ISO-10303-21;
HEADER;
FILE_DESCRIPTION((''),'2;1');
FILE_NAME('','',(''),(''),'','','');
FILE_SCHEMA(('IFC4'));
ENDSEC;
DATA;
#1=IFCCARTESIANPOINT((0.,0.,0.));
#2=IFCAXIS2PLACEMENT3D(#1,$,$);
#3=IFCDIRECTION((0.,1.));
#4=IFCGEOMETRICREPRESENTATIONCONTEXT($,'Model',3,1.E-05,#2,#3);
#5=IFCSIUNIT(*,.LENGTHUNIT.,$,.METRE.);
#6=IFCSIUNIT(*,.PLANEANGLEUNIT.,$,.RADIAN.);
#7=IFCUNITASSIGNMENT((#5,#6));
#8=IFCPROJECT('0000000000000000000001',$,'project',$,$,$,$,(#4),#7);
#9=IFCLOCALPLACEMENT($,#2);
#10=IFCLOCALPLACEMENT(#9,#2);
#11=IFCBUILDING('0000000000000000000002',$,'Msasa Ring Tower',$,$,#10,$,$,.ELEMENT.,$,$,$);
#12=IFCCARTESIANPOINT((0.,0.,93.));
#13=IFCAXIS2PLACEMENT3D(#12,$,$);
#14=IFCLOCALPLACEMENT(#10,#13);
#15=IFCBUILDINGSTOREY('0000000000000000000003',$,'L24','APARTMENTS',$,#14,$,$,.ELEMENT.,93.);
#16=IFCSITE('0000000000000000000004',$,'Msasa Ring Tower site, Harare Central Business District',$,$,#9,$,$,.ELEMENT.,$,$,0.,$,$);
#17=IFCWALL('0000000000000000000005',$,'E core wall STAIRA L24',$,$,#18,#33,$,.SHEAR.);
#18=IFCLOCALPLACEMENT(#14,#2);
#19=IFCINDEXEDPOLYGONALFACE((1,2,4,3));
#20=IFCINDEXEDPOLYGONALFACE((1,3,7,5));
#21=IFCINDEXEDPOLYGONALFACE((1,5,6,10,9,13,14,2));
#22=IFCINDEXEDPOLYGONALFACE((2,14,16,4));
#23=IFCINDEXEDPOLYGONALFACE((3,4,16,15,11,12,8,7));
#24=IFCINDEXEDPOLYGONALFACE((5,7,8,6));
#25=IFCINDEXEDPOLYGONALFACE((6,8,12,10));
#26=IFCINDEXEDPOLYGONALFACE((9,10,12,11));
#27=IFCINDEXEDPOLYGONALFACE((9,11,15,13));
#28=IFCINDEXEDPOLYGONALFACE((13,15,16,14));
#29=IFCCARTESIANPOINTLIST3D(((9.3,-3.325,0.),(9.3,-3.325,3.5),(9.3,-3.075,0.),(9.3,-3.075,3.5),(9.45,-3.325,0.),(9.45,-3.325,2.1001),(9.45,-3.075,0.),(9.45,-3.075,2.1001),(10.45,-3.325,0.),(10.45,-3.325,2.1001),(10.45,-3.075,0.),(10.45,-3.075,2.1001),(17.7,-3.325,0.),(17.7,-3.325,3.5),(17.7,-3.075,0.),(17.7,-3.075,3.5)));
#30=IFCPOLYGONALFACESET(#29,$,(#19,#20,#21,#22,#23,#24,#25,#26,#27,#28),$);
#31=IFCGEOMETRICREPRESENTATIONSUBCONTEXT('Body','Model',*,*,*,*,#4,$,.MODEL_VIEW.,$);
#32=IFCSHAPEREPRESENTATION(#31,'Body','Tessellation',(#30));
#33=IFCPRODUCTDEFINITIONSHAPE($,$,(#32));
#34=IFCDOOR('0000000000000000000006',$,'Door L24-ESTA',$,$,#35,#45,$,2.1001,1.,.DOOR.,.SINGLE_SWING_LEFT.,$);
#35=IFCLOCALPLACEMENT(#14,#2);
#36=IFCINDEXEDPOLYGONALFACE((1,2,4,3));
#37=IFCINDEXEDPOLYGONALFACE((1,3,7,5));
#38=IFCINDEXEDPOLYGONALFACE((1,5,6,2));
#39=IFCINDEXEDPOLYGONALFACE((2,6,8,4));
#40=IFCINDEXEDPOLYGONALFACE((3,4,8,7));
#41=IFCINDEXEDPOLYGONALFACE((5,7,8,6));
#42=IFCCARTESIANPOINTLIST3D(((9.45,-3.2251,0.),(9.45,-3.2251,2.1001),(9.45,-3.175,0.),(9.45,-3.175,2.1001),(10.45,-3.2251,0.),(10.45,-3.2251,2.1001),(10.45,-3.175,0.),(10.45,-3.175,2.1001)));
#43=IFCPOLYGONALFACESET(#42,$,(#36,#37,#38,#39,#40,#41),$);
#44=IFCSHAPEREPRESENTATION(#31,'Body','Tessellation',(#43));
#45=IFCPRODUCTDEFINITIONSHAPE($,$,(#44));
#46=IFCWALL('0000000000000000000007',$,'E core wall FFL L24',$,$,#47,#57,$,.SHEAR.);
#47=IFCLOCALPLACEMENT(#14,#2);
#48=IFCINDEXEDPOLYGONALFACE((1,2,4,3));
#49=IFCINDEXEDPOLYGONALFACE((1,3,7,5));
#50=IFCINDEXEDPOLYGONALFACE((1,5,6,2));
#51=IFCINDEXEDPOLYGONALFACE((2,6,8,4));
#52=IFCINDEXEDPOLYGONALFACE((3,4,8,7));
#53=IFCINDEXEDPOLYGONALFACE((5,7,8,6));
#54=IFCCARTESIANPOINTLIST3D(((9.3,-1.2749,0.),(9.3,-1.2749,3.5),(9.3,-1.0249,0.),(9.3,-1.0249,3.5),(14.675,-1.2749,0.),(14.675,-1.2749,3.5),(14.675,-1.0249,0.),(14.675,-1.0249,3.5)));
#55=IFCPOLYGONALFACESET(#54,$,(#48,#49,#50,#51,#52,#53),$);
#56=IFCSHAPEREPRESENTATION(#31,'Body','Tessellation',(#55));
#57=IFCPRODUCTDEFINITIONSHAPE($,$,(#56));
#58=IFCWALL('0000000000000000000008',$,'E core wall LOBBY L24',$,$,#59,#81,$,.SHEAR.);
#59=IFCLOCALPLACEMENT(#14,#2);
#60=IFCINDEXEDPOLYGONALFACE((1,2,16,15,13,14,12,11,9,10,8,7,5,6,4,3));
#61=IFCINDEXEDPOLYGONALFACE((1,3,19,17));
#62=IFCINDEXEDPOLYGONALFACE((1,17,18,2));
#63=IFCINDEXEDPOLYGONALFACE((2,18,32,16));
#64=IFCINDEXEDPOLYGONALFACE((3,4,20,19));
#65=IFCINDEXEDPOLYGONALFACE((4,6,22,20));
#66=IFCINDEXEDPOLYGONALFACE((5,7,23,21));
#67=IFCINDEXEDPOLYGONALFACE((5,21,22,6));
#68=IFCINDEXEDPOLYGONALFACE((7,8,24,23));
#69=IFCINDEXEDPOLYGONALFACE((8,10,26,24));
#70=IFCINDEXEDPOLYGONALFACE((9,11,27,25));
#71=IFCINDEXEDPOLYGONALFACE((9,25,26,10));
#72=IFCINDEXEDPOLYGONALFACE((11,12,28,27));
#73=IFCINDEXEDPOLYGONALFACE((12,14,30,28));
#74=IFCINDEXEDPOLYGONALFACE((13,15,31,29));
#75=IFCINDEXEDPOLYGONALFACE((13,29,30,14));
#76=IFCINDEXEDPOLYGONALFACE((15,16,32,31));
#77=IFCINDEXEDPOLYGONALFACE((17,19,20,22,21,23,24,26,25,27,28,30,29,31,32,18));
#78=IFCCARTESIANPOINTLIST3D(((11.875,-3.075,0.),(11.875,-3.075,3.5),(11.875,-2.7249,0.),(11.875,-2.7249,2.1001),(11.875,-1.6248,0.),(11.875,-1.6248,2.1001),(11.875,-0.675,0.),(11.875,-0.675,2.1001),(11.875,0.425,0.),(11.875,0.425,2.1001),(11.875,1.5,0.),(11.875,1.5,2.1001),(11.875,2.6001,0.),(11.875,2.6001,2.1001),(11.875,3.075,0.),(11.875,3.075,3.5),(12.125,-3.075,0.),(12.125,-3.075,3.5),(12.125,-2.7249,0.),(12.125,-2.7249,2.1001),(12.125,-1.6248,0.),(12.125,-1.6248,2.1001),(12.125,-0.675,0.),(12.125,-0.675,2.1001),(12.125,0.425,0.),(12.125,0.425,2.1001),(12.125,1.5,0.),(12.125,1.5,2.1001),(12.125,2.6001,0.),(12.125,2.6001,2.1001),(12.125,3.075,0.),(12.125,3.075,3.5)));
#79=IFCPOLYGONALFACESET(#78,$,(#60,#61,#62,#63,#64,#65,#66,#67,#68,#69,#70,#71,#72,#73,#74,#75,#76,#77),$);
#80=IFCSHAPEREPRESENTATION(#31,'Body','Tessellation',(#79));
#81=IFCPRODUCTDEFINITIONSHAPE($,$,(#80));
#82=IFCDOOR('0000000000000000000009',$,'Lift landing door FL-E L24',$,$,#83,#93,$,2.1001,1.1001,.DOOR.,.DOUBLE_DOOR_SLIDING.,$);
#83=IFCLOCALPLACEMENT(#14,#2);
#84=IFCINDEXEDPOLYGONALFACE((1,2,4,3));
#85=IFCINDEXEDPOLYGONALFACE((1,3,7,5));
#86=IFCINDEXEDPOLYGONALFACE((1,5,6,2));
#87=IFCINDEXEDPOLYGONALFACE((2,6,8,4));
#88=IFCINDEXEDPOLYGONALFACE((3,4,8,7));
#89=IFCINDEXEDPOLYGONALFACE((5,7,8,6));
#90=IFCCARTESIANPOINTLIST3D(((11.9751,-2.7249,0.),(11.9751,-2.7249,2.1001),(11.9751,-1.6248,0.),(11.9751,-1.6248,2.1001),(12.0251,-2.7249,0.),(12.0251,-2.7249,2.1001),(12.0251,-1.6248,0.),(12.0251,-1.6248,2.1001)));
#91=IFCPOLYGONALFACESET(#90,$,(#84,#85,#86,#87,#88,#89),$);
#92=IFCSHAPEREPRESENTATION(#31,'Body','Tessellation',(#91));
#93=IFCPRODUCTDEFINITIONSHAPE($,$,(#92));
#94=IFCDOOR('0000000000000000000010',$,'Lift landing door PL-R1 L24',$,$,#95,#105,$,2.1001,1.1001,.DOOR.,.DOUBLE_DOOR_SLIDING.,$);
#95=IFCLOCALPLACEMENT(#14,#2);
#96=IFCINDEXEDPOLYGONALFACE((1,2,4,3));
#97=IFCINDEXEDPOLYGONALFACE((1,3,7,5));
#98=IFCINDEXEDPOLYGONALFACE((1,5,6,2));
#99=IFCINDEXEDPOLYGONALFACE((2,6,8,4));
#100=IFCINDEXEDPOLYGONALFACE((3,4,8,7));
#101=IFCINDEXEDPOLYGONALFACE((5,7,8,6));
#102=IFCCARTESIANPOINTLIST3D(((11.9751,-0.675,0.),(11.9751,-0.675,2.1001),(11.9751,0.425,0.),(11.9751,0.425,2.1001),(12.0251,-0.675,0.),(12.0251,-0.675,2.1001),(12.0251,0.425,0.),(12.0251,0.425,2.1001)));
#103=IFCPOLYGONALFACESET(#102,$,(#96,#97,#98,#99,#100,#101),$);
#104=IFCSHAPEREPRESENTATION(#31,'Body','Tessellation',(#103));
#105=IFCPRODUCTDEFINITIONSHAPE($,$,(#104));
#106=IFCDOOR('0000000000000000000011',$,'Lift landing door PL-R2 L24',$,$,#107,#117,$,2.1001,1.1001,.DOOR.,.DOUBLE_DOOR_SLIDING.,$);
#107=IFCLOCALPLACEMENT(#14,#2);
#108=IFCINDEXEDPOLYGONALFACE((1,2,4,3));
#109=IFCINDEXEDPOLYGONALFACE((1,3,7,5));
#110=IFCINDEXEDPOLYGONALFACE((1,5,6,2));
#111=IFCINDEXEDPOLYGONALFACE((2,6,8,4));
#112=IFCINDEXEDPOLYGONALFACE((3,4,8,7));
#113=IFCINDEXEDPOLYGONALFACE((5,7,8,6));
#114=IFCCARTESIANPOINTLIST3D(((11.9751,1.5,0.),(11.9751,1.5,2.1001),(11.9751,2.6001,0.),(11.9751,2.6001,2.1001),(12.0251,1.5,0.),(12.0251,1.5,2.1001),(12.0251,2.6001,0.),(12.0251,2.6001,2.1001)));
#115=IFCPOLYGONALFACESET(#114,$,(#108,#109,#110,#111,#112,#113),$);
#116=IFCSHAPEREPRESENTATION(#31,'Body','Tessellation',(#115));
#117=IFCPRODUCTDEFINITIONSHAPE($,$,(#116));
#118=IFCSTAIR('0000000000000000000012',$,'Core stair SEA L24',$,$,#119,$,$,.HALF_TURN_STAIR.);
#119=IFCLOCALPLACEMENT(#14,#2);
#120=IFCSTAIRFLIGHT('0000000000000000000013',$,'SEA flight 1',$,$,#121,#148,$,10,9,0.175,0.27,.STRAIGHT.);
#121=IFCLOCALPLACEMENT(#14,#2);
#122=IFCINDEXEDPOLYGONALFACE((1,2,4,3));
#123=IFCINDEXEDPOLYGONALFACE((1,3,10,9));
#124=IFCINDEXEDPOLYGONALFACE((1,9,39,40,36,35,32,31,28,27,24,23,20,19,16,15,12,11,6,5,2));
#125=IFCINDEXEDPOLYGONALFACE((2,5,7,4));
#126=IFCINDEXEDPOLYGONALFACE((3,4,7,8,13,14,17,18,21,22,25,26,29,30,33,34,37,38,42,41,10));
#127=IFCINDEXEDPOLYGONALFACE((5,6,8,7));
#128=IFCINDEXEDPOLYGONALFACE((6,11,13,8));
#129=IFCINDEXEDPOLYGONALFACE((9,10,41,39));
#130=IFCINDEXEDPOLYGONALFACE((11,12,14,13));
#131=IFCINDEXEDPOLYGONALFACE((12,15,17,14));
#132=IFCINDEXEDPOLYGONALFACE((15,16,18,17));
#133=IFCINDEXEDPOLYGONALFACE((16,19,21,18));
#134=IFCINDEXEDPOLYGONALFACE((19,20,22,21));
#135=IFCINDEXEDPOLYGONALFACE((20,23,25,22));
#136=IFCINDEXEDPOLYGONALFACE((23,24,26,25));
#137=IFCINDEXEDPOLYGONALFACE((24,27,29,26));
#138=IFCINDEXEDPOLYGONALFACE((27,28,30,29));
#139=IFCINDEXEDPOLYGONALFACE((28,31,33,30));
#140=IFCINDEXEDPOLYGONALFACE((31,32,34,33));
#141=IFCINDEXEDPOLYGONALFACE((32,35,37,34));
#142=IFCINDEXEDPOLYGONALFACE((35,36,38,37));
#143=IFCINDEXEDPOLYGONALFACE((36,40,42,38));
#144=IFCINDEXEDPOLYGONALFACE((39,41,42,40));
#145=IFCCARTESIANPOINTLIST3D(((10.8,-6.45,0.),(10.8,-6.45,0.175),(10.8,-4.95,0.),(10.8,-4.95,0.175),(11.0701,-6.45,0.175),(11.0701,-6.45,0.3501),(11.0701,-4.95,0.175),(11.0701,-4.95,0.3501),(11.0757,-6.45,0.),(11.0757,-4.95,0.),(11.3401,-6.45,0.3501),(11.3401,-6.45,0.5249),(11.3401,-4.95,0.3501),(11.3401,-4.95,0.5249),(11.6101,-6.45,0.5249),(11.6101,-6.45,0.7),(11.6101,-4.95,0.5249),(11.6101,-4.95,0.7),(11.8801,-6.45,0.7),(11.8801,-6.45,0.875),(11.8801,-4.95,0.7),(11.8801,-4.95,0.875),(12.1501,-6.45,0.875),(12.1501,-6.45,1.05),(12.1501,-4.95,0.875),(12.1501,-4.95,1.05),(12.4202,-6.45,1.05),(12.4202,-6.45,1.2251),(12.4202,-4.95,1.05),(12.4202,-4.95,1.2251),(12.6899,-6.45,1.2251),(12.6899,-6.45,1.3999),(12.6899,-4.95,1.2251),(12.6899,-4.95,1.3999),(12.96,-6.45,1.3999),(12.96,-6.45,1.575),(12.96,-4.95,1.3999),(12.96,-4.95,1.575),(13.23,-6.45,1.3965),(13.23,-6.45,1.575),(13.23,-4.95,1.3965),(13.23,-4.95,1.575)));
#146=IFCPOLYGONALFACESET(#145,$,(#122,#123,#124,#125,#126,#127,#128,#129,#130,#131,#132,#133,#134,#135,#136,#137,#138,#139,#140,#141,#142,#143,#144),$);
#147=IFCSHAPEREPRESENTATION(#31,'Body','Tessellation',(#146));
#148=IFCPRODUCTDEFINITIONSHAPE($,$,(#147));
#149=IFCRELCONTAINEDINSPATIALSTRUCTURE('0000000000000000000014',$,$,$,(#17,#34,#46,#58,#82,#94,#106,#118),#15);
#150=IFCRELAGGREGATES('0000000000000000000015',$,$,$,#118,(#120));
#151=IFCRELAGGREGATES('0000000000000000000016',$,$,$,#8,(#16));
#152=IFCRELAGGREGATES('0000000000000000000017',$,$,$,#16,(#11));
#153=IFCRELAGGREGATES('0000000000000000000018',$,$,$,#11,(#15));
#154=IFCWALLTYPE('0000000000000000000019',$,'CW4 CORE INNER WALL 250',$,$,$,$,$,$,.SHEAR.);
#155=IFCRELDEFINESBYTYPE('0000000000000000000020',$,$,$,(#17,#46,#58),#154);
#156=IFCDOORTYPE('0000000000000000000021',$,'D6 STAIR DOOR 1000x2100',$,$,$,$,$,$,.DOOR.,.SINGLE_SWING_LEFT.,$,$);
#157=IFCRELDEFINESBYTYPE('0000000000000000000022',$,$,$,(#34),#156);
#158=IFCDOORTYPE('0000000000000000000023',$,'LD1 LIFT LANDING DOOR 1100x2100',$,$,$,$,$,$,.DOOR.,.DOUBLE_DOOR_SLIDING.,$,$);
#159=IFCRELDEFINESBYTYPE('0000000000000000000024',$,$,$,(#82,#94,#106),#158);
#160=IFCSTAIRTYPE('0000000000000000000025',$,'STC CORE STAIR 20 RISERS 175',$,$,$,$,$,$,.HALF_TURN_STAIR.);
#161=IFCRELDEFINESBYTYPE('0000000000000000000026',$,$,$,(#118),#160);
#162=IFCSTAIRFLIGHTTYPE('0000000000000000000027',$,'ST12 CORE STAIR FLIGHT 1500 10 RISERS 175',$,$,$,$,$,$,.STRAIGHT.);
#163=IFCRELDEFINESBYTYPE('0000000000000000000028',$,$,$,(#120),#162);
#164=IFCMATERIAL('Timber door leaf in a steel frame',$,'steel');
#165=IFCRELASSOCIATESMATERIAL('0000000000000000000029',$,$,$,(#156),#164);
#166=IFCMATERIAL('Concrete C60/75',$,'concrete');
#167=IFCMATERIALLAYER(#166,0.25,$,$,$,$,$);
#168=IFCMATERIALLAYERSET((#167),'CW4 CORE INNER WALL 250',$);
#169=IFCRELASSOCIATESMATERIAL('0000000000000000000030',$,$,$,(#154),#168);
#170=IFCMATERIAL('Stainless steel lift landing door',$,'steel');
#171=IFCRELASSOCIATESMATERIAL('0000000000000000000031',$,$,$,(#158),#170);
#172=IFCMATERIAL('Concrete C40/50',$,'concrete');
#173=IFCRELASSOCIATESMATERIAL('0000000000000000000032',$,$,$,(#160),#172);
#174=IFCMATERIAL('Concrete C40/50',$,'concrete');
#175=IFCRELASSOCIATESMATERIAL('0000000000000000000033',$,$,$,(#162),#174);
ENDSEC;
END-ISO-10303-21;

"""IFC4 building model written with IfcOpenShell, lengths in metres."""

from ifc_helpers import new_model, si_unit, direction, frame, frame_2d, origin, place, context, subcontext, project, spatial, polyline, rectangle, outline, extrude, material, layer, layer_set, type_object, element, fill, aggregate, save


model = new_model("IFC4")

# Units and contexts
model_context = context("Model", 3, precision=1e-05, world=origin(), true_north=direction((0.0, 1.0)))
body_context = subcontext(model_context, "Body", "Model", "MODEL_VIEW")
ifc_project = project(units=[si_unit("LENGTHUNIT", "METRE"), si_unit("PLANEANGLEUNIT", "RADIAN")], contexts=[model_context])

# Site, building, storey
site_placement = place(None, origin())
site = spatial("IfcSite", under=ifc_project, at=site_placement, Name="Msasa Ring Tower site, Harare Central Business District", CompositionType="ELEMENT", RefElevation=0.0)
building_placement = place(site_placement, origin())
building = spatial("IfcBuilding", under=site, at=building_placement, Name="Msasa Ring Tower", CompositionType="ELEMENT")
storey_placement = place(building_placement, frame((0.0, 0.0, 93.0)))
storey = spatial("IfcBuildingStorey", under=building, at=storey_placement, Name="L24", Description="APARTMENTS", CompositionType="ELEMENT", Elevation=93.0)

# Shared definitions
ifc_material_1 = material(Name="Timber door leaf in a steel frame", Category="steel")
door_type_1 = type_object("IfcDoorType", Name="D6 STAIR DOOR 1000x2100", OperationType="SINGLE_SWING_LEFT", PredefinedType="DOOR", material=ifc_material_1)

# Wall, opening, door
ifc_material_2 = material(Name="Concrete C60/75", Category="concrete")
ifc_layer_1 = layer(ifc_material_2, 0.25)
ifc_layer_set_1 = layer_set([ifc_layer_1], Name="CW4 CORE INNER WALL 250")
wall_type_1 = type_object("IfcWallType", Name="CW4 CORE INNER WALL 250", PredefinedType="SHEAR", material=ifc_layer_set_1)
wall_1_placement = place(storey_placement, frame((9.3, -3.2, 0.0), z_axis=(0.0, 0.0, 1.0), x_axis=(1.0, 0.0, 0.0)))
wall_1 = element("IfcWall", 1, at=wall_1_placement, inside=storey, type_object=wall_type_1, Name="E core wall STAIRA L24", PredefinedType="SHEAR", context=body_context, shape_type="SweptSolid", body=[
    extrude(rectangle(XDim=8.3999, YDim=0.25, at=frame_2d((4.2, 0.0))), origin(), (0.0, 0.0, 1.0), 3.5),
])
opening_1_placement = place(wall_1_placement, frame((0.1499, 0.0, 0.0)))
opening_1 = element("IfcOpeningElement", 2, at=opening_1_placement, cuts=wall_1, PredefinedType="OPENING", context=body_context, shape_type="SweptSolid", body=[
    extrude(rectangle(XDim=1.0, YDim=2.1001, at=frame_2d((0.5, 1.05))), frame((0.0, 0.135, 0.0), z_axis=(0.0, -1.0, 0.0), x_axis=(1.0, 0.0, 0.0)), (0.0, 0.0, 1.0), 0.27),
])
door_1_placement = place(opening_1_placement, origin())
door_1 = element("IfcDoor", 3, at=door_1_placement, inside=storey, type_object=door_type_1, Name="Door L24-ESTA", OperationType="SINGLE_SWING_LEFT", OverallHeight=2.1001, OverallWidth=1.0, PredefinedType="DOOR", context=body_context, shape_type="SweptSolid", body=[
    extrude(rectangle(XDim=1.0, YDim=2.1001, at=frame_2d((0.5, 1.05))), frame((0.0, 0.0249, 0.0), z_axis=(0.0, -1.0, 0.0), x_axis=(1.0, 0.0, 0.0)), (0.0, 0.0, 1.0), 0.05),
])
fill(opening_1, door_1)

# Wall
wall_2_placement = place(storey_placement, frame((9.3, -1.1499, 0.0), z_axis=(0.0, 0.0, 1.0), x_axis=(1.0, 0.0, 0.0)))
element("IfcWall", 4, at=wall_2_placement, inside=storey, type_object=wall_type_1, Name="E core wall FFL L24", PredefinedType="SHEAR", context=body_context, shape_type="SweptSolid", body=[
    extrude(rectangle(XDim=5.375, YDim=0.25, at=frame_2d((2.6875, 0.0))), origin(), (0.0, 0.0, 1.0), 3.5),
])

# Wall, openings, doors
wall_3_placement = place(storey_placement, frame((12.0, -3.075, 0.0), z_axis=(0.0, 0.0, 1.0), x_axis=(0.0, 1.0, 0.0)))
wall_3 = element("IfcWall", 5, at=wall_3_placement, inside=storey, type_object=wall_type_1, Name="E core wall LOBBY L24", PredefinedType="SHEAR", context=body_context, shape_type="SweptSolid", body=[
    extrude(rectangle(XDim=6.1499, YDim=0.25, at=frame_2d((3.075, 0.0))), origin(), (0.0, 0.0, 1.0), 3.5),
])
opening_2_placement = place(wall_3_placement, frame((0.3501, 0.0, 0.0)))
opening_2 = element("IfcOpeningElement", 6, at=opening_2_placement, cuts=wall_3, PredefinedType="OPENING", context=body_context, shape_type="SweptSolid", body=[
    extrude(rectangle(XDim=1.1001, YDim=2.1001, at=frame_2d((0.55, 1.05))), frame((0.0, 0.135, 0.0), z_axis=(0.0, -1.0, 0.0), x_axis=(1.0, 0.0, 0.0)), (0.0, 0.0, 1.0), 0.27),
])
opening_3_placement = place(wall_3_placement, frame((2.3999, 0.0, 0.0)))
opening_3 = element("IfcOpeningElement", 7, at=opening_3_placement, cuts=wall_3, PredefinedType="OPENING", context=body_context, shape_type="SweptSolid", body=[
    extrude(rectangle(XDim=1.1001, YDim=2.1001, at=frame_2d((0.55, 1.05))), frame((0.0, 0.135, 0.0), z_axis=(0.0, -1.0, 0.0), x_axis=(1.0, 0.0, 0.0)), (0.0, 0.0, 1.0), 0.27),
])
opening_4_placement = place(wall_3_placement, frame((4.575, 0.0, 0.0)))
opening_4 = element("IfcOpeningElement", 8, at=opening_4_placement, cuts=wall_3, PredefinedType="OPENING", context=body_context, shape_type="SweptSolid", body=[
    extrude(rectangle(XDim=1.1001, YDim=2.1001, at=frame_2d((0.55, 1.05))), frame((0.0, 0.135, 0.0), z_axis=(0.0, -1.0, 0.0), x_axis=(1.0, 0.0, 0.0)), (0.0, 0.0, 1.0), 0.27),
])
ifc_material_3 = material(Name="Stainless steel lift landing door", Category="steel")
door_type_2 = type_object("IfcDoorType", Name="LD1 LIFT LANDING DOOR 1100x2100", OperationType="DOUBLE_DOOR_SLIDING", PredefinedType="DOOR", material=ifc_material_3)
door_2_placement = place(opening_2_placement, origin())
door_2 = element("IfcDoor", 9, at=door_2_placement, inside=storey, type_object=door_type_2, Name="Lift landing door FL-E L24", OperationType="DOUBLE_DOOR_SLIDING", OverallHeight=2.1001, OverallWidth=1.1001, PredefinedType="DOOR", context=body_context, shape_type="SweptSolid", body=[
    extrude(rectangle(XDim=1.1001, YDim=2.1001, at=frame_2d((0.55, 1.05))), frame((0.0, 0.0249, 0.0), z_axis=(0.0, -1.0, 0.0), x_axis=(1.0, 0.0, 0.0)), (0.0, 0.0, 1.0), 0.05),
])
fill(opening_2, door_2)
door_3_placement = place(opening_3_placement, origin())
door_3 = element("IfcDoor", 10, at=door_3_placement, inside=storey, type_object=door_type_2, Name="Lift landing door PL-R1 L24", OperationType="DOUBLE_DOOR_SLIDING", OverallHeight=2.1001, OverallWidth=1.1001, PredefinedType="DOOR", context=body_context, shape_type="SweptSolid", body=[
    extrude(rectangle(XDim=1.1001, YDim=2.1001, at=frame_2d((0.55, 1.05))), frame((0.0, 0.0249, 0.0), z_axis=(0.0, -1.0, 0.0), x_axis=(1.0, 0.0, 0.0)), (0.0, 0.0, 1.0), 0.05),
])
fill(opening_3, door_3)
door_4_placement = place(opening_4_placement, origin())
door_4 = element("IfcDoor", 11, at=door_4_placement, inside=storey, type_object=door_type_2, Name="Lift landing door PL-R2 L24", OperationType="DOUBLE_DOOR_SLIDING", OverallHeight=2.1001, OverallWidth=1.1001, PredefinedType="DOOR", context=body_context, shape_type="SweptSolid", body=[
    extrude(rectangle(XDim=1.1001, YDim=2.1001, at=frame_2d((0.55, 1.05))), frame((0.0, 0.0249, 0.0), z_axis=(0.0, -1.0, 0.0), x_axis=(1.0, 0.0, 0.0)), (0.0, 0.0, 1.0), 0.05),
])
fill(opening_4, door_4)

# Stair, stair flight
ifc_material_4 = material(Name="Concrete C40/50", Category="concrete")
stair_type = type_object("IfcStairType", Name="STC CORE STAIR 20 RISERS 175", PredefinedType="HALF_TURN_STAIR", material=ifc_material_4)
stair_placement = place(storey_placement, origin())
stair = element("IfcStair", 12, at=stair_placement, inside=storey, type_object=stair_type, Name="Core stair SEA L24", PredefinedType="HALF_TURN_STAIR")
ifc_material_5 = material(Name="Concrete C40/50", Category="concrete")
stair_flight_type = type_object("IfcStairFlightType", Name="ST12 CORE STAIR FLIGHT 1500 10 RISERS 175", PredefinedType="STRAIGHT", material=ifc_material_5)
stair_flight_placement = place(storey_placement, frame((10.8, -5.7, 0.0), z_axis=(0.0, 0.0, 1.0), x_axis=(1.0, 0.0, 0.0)))
stair_flight = element("IfcStairFlight", 13, at=stair_flight_placement, type_object=stair_flight_type, Name="SEA flight 1", NumberOfRisers=10, NumberOfTreads=9, PredefinedType="STRAIGHT", RiserHeight=0.175, TreadLength=0.27, context=body_context, shape_type="SweptSolid", body=[
    extrude(outline(polyline([(0.0, 0.0), (0.0, 0.175), (0.27, 0.175), (0.27, 0.3501), (0.54, 0.3501), (0.54, 0.5249), (0.8101, 0.5249), (0.8101, 0.7), (1.0801, 0.7), (1.0801, 0.875), (1.3501, 0.875), (1.3501, 1.05), (1.6201, 1.05), (1.6201, 1.2251), (1.8899, 1.2251), (1.8899, 1.3999), (2.1599, 1.3999), (2.1599, 1.575), (2.4299, 1.575), (2.4299, 1.75), (2.4299, 1.3965), (0.2756, 0.0), (0.0, 0.0)])), frame((0.0, 0.75, 0.0), z_axis=(0.0, -1.0, 0.0), x_axis=(1.0, 0.0, 0.0)), (0.0, 0.0, 1.0), 1.5),
])
aggregate(stair, [stair_flight])

save(model, "model.ifc")
